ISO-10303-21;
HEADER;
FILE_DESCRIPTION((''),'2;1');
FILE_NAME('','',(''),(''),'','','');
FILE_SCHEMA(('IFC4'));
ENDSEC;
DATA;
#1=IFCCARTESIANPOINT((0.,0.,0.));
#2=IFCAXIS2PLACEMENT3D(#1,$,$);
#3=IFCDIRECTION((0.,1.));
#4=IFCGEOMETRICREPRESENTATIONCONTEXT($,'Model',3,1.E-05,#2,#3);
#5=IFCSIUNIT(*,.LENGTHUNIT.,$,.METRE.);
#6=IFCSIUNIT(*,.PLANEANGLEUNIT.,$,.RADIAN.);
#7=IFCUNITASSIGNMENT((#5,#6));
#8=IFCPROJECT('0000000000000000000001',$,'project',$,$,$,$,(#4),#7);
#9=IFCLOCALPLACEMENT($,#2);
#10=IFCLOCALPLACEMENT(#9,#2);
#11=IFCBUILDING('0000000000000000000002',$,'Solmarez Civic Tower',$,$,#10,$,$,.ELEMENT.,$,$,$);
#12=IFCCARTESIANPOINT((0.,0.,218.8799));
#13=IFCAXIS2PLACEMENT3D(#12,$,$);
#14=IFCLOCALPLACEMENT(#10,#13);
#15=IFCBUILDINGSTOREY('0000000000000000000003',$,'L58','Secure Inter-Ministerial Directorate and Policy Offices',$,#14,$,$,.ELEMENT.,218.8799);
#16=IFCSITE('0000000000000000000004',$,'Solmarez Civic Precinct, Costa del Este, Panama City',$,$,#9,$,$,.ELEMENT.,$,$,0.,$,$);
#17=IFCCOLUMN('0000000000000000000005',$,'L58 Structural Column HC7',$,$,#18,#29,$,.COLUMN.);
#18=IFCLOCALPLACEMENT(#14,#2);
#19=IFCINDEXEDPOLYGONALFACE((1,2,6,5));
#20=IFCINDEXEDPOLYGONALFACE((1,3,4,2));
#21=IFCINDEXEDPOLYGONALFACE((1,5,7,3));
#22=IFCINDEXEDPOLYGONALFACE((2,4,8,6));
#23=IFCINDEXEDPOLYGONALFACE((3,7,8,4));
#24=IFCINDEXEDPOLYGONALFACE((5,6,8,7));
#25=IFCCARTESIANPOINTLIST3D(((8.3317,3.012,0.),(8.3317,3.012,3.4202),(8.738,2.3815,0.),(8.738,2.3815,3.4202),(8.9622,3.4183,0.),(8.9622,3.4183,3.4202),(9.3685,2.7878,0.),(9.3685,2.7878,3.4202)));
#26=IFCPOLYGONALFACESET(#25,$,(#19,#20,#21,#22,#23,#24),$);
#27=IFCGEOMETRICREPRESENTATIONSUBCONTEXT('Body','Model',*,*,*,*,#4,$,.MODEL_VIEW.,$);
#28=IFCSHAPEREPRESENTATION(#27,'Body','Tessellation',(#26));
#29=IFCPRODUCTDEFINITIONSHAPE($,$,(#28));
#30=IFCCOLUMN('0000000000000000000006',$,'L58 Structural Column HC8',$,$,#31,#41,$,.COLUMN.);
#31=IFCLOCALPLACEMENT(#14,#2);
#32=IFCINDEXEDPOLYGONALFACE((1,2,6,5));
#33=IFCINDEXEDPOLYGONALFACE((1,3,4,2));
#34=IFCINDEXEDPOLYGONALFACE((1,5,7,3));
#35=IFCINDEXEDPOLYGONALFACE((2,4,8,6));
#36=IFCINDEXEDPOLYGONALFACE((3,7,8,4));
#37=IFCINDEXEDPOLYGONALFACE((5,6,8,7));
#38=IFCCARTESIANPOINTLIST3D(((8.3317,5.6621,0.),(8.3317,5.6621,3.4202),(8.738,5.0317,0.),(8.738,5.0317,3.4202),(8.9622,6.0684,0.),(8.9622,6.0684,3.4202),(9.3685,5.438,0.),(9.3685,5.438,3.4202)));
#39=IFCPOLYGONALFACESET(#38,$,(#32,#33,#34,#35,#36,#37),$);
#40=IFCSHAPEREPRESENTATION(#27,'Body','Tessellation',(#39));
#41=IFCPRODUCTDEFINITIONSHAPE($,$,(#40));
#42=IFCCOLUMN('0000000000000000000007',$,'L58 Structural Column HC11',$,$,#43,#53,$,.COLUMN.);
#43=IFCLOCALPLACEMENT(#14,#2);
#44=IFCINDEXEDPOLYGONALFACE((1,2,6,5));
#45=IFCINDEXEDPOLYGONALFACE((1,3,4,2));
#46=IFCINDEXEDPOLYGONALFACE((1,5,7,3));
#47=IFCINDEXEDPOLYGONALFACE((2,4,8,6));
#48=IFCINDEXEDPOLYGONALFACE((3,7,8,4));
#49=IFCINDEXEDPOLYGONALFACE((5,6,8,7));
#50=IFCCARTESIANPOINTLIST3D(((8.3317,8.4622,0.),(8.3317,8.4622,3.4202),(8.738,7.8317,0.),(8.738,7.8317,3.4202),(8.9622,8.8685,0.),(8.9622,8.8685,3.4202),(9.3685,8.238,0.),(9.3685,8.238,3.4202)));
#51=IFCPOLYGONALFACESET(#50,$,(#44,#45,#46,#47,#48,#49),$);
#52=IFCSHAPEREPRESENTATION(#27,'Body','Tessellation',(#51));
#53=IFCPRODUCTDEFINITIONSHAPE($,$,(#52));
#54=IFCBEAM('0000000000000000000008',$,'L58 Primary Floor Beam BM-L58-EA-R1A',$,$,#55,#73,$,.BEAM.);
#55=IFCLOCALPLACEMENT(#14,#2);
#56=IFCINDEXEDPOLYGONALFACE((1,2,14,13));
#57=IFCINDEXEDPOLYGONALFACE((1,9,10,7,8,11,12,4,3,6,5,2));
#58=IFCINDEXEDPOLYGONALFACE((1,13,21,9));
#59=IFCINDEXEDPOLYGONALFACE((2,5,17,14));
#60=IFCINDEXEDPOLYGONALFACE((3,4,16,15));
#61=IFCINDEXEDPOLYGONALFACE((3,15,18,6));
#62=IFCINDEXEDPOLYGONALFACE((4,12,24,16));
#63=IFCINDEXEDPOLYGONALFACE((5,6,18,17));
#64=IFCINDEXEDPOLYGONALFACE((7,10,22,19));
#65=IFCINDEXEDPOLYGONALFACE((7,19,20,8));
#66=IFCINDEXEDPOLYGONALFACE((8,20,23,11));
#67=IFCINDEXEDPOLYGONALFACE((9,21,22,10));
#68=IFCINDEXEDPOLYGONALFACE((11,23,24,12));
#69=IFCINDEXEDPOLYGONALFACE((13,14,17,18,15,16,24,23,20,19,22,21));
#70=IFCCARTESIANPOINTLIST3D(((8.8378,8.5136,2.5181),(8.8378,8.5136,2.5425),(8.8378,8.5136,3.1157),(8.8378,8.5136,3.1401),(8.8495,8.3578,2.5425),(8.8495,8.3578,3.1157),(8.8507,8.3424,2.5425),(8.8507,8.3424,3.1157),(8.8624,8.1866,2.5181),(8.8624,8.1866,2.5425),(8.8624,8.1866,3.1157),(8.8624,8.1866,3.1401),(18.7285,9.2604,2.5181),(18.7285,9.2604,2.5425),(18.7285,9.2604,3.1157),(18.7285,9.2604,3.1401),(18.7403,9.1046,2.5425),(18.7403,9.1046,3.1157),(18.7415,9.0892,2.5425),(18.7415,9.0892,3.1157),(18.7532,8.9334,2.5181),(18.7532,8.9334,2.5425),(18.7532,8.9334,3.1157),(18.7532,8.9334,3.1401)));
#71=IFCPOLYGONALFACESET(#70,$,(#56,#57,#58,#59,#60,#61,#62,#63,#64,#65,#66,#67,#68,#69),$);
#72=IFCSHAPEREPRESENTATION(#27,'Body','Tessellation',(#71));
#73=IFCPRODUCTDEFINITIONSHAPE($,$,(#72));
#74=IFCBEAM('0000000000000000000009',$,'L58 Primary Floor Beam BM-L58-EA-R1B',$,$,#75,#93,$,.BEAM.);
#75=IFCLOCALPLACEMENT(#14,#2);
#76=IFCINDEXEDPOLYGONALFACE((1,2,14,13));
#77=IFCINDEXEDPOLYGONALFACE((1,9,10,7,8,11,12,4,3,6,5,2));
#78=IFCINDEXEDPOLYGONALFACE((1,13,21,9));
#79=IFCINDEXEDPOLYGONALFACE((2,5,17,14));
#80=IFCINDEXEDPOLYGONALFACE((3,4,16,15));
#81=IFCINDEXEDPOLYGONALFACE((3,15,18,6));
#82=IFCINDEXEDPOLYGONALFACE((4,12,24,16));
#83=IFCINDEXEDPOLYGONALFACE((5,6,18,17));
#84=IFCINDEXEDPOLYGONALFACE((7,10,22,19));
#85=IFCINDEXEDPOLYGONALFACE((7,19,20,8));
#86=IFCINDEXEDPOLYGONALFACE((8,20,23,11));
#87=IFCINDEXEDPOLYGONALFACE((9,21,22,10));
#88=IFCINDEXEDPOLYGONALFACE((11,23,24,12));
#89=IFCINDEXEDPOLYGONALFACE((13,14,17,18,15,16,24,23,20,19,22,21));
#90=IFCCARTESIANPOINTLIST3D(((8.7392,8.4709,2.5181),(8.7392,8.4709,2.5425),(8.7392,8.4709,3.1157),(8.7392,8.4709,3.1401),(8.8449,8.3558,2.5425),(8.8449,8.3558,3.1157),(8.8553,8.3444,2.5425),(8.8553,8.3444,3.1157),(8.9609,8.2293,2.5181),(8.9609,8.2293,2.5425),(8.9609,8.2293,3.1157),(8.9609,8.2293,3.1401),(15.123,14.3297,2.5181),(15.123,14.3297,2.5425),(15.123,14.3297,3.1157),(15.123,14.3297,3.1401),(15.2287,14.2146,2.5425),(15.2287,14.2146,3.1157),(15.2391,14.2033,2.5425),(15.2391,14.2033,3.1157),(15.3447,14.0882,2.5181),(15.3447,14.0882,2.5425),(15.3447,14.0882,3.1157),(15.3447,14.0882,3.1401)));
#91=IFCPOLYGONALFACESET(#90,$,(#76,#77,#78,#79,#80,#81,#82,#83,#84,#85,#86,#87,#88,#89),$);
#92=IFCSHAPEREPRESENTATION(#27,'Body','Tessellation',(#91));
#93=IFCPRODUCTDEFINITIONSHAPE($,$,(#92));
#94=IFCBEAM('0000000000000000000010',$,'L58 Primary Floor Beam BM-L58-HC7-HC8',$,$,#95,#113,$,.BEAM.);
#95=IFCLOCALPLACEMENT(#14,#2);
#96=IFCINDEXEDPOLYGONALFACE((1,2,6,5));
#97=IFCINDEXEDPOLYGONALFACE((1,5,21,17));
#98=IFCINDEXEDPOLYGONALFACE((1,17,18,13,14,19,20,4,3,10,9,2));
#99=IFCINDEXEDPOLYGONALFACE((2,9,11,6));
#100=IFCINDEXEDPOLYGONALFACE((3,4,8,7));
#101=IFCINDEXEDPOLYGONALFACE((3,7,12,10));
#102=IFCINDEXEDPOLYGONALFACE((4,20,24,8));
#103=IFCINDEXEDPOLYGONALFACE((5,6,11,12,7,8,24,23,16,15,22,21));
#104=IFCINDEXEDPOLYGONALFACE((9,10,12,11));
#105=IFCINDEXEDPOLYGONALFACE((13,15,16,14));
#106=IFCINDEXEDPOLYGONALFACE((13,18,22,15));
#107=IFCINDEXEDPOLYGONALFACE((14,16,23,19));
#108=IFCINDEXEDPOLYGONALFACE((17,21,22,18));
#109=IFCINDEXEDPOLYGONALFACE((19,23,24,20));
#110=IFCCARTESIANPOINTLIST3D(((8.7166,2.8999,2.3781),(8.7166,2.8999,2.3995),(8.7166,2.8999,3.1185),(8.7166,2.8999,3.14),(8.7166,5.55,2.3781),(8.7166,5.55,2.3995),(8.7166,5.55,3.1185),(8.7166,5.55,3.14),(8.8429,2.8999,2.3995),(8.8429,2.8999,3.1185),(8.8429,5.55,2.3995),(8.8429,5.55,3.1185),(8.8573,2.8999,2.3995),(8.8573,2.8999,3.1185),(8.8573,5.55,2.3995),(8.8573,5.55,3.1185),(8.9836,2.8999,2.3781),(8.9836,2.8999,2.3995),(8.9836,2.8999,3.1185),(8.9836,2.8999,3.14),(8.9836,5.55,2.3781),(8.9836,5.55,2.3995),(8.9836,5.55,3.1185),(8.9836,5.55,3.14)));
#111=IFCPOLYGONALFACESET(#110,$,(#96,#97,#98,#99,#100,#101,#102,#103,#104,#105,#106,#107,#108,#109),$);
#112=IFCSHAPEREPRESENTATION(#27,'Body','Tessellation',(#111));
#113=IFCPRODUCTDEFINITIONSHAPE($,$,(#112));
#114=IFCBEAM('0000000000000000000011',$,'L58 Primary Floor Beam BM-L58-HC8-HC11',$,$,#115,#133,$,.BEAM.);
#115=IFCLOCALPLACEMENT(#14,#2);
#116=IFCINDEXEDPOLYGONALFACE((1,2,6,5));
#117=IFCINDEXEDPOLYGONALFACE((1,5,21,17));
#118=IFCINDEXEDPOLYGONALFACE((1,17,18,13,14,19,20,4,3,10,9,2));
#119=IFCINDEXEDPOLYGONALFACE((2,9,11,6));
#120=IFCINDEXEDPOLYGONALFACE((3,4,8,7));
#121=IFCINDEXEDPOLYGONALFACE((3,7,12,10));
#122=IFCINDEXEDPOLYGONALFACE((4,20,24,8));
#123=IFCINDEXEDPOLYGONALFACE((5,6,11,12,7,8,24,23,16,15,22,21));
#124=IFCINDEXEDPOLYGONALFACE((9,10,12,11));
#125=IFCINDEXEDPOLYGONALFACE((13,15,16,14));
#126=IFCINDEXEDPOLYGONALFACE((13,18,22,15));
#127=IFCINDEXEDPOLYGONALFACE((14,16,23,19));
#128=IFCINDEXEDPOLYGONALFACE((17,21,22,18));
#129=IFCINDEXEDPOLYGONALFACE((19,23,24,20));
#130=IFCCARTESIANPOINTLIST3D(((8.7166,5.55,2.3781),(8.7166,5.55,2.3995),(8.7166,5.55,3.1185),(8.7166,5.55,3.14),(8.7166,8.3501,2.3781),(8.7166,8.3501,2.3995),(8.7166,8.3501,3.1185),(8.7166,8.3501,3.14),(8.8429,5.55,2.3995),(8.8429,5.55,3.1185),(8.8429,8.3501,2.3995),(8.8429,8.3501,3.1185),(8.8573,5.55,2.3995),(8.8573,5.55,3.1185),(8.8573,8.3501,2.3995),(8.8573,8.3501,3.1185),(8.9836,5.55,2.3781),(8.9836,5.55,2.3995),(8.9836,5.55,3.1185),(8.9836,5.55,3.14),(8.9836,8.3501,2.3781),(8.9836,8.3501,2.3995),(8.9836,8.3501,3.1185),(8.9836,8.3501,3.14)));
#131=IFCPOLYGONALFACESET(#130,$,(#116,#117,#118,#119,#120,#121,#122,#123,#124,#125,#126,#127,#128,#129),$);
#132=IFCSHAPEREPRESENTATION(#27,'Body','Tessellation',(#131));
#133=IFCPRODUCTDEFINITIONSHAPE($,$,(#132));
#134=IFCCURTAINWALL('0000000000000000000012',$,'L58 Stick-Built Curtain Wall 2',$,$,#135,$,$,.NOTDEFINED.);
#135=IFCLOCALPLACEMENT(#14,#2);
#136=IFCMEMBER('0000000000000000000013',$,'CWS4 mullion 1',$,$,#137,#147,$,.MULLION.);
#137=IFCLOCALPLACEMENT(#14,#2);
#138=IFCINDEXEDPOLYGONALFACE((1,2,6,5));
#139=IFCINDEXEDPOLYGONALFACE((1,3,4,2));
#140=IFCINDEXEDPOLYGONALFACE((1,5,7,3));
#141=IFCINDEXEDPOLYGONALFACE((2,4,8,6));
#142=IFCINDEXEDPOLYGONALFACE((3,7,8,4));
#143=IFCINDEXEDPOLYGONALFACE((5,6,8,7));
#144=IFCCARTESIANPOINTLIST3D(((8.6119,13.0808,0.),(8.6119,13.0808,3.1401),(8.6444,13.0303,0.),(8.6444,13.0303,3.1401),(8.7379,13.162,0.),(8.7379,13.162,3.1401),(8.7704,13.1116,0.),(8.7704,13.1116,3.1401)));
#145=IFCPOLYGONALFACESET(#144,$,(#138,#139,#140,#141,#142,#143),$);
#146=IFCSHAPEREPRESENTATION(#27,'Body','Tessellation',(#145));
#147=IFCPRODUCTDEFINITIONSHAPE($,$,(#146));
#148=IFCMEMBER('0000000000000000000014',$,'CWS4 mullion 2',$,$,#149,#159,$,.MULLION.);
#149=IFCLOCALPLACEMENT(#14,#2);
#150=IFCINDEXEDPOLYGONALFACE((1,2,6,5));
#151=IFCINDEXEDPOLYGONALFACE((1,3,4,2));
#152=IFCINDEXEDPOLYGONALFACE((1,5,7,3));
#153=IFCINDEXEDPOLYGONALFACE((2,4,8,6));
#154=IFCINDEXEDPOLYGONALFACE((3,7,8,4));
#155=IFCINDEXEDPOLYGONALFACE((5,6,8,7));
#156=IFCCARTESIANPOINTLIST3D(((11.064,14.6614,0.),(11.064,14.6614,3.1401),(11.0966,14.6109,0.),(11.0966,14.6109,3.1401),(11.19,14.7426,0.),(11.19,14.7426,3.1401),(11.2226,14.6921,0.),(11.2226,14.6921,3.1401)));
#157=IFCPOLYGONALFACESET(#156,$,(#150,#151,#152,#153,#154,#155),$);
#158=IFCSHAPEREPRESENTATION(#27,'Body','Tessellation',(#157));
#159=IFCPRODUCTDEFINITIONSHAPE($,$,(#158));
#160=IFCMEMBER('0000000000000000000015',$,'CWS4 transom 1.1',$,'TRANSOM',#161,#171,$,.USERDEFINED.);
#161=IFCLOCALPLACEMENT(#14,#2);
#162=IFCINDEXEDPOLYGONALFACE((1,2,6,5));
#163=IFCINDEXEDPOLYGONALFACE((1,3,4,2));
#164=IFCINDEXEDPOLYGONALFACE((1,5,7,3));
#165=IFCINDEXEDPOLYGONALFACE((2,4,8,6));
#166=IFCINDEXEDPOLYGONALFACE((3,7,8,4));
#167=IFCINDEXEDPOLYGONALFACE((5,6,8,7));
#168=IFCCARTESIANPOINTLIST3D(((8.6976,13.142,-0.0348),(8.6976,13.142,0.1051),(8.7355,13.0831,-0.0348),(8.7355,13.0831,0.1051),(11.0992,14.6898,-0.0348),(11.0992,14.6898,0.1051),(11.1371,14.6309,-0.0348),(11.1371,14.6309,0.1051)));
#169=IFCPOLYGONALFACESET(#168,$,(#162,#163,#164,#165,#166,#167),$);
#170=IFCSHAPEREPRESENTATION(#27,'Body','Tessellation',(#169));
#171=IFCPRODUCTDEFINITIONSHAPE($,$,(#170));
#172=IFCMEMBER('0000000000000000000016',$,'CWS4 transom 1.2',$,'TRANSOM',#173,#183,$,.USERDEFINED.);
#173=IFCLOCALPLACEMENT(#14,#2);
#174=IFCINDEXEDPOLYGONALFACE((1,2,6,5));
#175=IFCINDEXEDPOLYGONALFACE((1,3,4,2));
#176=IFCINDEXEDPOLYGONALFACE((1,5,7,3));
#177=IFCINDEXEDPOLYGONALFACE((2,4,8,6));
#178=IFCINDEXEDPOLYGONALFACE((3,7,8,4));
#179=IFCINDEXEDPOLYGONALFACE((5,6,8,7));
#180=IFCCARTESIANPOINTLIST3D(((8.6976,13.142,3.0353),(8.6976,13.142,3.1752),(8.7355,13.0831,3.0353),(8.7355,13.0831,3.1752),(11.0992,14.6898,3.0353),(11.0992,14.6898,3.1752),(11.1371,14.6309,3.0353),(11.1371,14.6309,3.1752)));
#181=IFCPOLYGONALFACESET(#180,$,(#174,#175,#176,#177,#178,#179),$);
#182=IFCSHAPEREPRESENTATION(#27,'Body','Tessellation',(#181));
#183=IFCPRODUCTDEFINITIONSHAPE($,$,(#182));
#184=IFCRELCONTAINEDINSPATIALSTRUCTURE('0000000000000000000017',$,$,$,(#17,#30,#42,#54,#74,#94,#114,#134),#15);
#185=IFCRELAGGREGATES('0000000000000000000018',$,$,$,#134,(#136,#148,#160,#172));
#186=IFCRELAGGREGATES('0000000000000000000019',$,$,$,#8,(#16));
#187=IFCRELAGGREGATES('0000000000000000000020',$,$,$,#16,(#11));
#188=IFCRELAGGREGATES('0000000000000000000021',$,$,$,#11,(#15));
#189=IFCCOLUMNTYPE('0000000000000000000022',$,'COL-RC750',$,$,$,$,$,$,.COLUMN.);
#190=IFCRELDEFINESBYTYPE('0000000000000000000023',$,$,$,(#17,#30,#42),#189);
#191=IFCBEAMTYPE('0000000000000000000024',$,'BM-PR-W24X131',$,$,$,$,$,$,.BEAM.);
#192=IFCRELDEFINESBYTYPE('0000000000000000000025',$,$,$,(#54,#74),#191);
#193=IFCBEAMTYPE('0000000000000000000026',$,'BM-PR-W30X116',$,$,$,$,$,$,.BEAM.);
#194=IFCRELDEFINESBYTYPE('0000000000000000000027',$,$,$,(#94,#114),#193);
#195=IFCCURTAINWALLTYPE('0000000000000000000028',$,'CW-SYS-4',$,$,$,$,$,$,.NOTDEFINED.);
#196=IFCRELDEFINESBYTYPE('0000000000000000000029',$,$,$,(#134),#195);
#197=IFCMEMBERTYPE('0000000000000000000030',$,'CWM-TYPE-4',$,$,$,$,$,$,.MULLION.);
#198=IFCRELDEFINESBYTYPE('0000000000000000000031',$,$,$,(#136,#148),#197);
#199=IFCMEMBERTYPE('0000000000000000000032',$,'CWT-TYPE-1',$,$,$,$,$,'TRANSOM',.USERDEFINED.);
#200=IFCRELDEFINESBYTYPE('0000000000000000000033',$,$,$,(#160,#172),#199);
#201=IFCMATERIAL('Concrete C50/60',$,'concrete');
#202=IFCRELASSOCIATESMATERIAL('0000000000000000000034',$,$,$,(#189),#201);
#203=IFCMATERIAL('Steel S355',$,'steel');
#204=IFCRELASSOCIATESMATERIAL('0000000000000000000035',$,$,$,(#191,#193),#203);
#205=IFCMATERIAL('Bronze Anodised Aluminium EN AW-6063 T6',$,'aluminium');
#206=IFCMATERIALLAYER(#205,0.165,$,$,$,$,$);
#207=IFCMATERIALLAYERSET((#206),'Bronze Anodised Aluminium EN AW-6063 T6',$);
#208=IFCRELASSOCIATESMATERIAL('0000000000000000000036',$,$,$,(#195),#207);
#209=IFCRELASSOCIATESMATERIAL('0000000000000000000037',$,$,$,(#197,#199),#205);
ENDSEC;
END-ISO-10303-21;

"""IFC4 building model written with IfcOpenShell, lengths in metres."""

from ifc_helpers import new_model, si_unit, direction, frame, origin, origin_2d, place, context, subcontext, project, spatial, rectangle, i_section, extrude, material, layer, layer_set, material_profile, profile_set, type_object, element, aggregate, save


model = new_model("IFC4")

# Units and contexts
model_context = context("Model", 3, precision=1e-05, world=origin(), true_north=direction((0.0, 1.0)))
body_context = subcontext(model_context, "Body", "Model", "MODEL_VIEW")
ifc_project = project(units=[si_unit("LENGTHUNIT", "METRE"), si_unit("PLANEANGLEUNIT", "RADIAN")], contexts=[model_context])

# Site, building, storey
site_placement = place(None, origin())
site = spatial("IfcSite", under=ifc_project, at=site_placement, Name="Solmarez Civic Precinct, Costa del Este, Panama City", CompositionType="ELEMENT", RefElevation=0.0)
building_placement = place(site_placement, origin())
building = spatial("IfcBuilding", under=site, at=building_placement, Name="Solmarez Civic Tower", CompositionType="ELEMENT")
storey_placement = place(building_placement, frame((0.0, 0.0, 218.8799)))
storey = spatial("IfcBuildingStorey", under=building, at=storey_placement, Name="L58", Description="Secure Inter-Ministerial Directorate and Policy Offices", CompositionType="ELEMENT", Elevation=218.8799)

# Columns
ifc_material_1 = material(Name="Concrete C50/60", Category="concrete")
ifc_material_profile_1 = material_profile(ifc_material_1, rectangle(XDim=0.75, YDim=0.75, at=origin_2d()), Name="RC750X750")
ifc_profile_set_1 = profile_set([ifc_material_profile_1], Name="Concrete C50/60")
column_type = type_object("IfcColumnType", Name="COL-RC750", PredefinedType="COLUMN", material=ifc_profile_set_1)
for number, where, z_axis, x_axis, name in (
    (1, (8.8501, 2.8999, 0.0), (0.0, 0.0, 1.0), (0.840567, 0.541708, 0.0), "L58 Structural Column HC7"),
    (2, (8.8501, 5.55, 0.0), (0.0, 0.0, 1.0), (0.840567, 0.541708, 0.0), "L58 Structural Column HC8"),
    (3, (8.8501, 8.3501, 0.0), (0.0, 0.0, 1.0), (0.840567, 0.541708, 0.0), "L58 Structural Column HC11"),
):
    element("IfcColumn", number, at=place(storey_placement, frame(where, z_axis=z_axis, x_axis=x_axis)), inside=storey, type_object=column_type, Name=name, PredefinedType="COLUMN", context=body_context, shape_type="SweptSolid", body=[
        extrude(rectangle(XDim=0.75, YDim=0.75, at=origin_2d()), origin(), (0.0, 0.0, 1.0), 3.4202),
    ])

# Beams
ifc_material_2 = material(Name="Steel S355", Category="steel")
ifc_material_profile_2 = material_profile(ifc_material_2, i_section(OverallWidth=0.3279, OverallDepth=0.6221, WebThickness=0.0154, FlangeThickness=0.0244, at=origin_2d()), Name="W24X131")
ifc_profile_set_2 = profile_set([ifc_material_profile_2], Name="Steel S355")
beam_type_1 = type_object("IfcBeamType", Name="BM-PR-W24X131", PredefinedType="BEAM", material=ifc_profile_set_2)
beam_1_placement = place(storey_placement, frame((8.8501, 8.3501, 2.8291), z_axis=(0.997162, 0.075292, 0.0), x_axis=(-0.075292, 0.997162, 0.0)))
element("IfcBeam", 4, at=beam_1_placement, inside=storey, type_object=beam_type_1, Name="L58 Primary Floor Beam BM-L58-EA-R1A", PredefinedType="BEAM", context=body_context, shape_type="SweptSolid", body=[
    extrude(i_section(OverallWidth=0.3279, OverallDepth=0.6221, WebThickness=0.0154, FlangeThickness=0.0244, at=origin_2d()), origin(), (0.0, 0.0, 1.0), 9.9189),
])
beam_2_placement = place(storey_placement, frame((8.8501, 8.3501, 2.8291), z_axis=(0.736747, 0.676169, 0.0), x_axis=(-0.676169, 0.736747, 0.0)))
element("IfcBeam", 5, at=beam_2_placement, inside=storey, type_object=beam_type_1, Name="L58 Primary Floor Beam BM-L58-EA-R1B", PredefinedType="BEAM", context=body_context, shape_type="SweptSolid", body=[
    extrude(i_section(OverallWidth=0.3279, OverallDepth=0.6221, WebThickness=0.0154, FlangeThickness=0.0244, at=origin_2d()), origin(), (0.0, 0.0, 1.0), 8.6648),
])
ifc_material_profile_3 = material_profile(ifc_material_2, i_section(OverallWidth=0.2671, OverallDepth=0.762, WebThickness=0.0144, FlangeThickness=0.0215, at=origin_2d()), Name="W30X116")
ifc_profile_set_3 = profile_set([ifc_material_profile_3], Name="Steel S355")
beam_type_2 = type_object("IfcBeamType", Name="BM-PR-W30X116", PredefinedType="BEAM", material=ifc_profile_set_3)
beam_3_placement = place(storey_placement, frame((8.8501, 2.8999, 2.759), z_axis=(0.0, 1.0, 0.0), x_axis=(-1.0, 0.0, 0.0)))
element("IfcBeam", 6, at=beam_3_placement, inside=storey, type_object=beam_type_2, Name="L58 Primary Floor Beam BM-L58-HC7-HC8", PredefinedType="BEAM", context=body_context, shape_type="SweptSolid", body=[
    extrude(i_section(OverallWidth=0.2671, OverallDepth=0.762, WebThickness=0.0144, FlangeThickness=0.0215, at=origin_2d()), origin(), (0.0, 0.0, 1.0), 2.6501),
])
beam_4_placement = place(storey_placement, frame((8.8501, 5.55, 2.759), z_axis=(0.0, 1.0, 0.0), x_axis=(-1.0, 0.0, 0.0)))
element("IfcBeam", 7, at=beam_4_placement, inside=storey, type_object=beam_type_2, Name="L58 Primary Floor Beam BM-L58-HC8-HC11", PredefinedType="BEAM", context=body_context, shape_type="SweptSolid", body=[
    extrude(i_section(OverallWidth=0.2671, OverallDepth=0.762, WebThickness=0.0144, FlangeThickness=0.0215, at=origin_2d()), origin(), (0.0, 0.0, 1.0), 2.8),
])

# Curtain wall, members
ifc_material_3 = material(Name="Bronze Anodised Aluminium EN AW-6063 T6", Category="aluminium")
ifc_layer_1 = layer(ifc_material_3, 0.165)
ifc_layer_set_1 = layer_set([ifc_layer_1], Name="Bronze Anodised Aluminium EN AW-6063 T6")
curtain_wall_type = type_object("IfcCurtainWallType", Name="CW-SYS-4", PredefinedType="NOTDEFINED", material=ifc_layer_set_1)
curtain_wall_placement = place(storey_placement, origin())
curtain_wall = element("IfcCurtainWall", 8, at=curtain_wall_placement, inside=storey, type_object=curtain_wall_type, Name="L58 Stick-Built Curtain Wall 2", PredefinedType="NOTDEFINED")
ifc_material_profile_4 = material_profile(ifc_material_3, rectangle(XDim=0.0601, YDim=0.1499, at=origin_2d()), Name="CWM-60X150")
ifc_profile_set_4 = profile_set([ifc_material_profile_4], Name="Bronze Anodised Aluminium EN AW-6063 T6")
member_type_1 = type_object("IfcMemberType", Name="CWM-TYPE-4", PredefinedType="MULLION", material=ifc_profile_set_4)
member_1_placement = place(storey_placement, frame((8.6912, 13.0962, 0.0), z_axis=(0.0, 0.0, 1.0), x_axis=(-0.54174, 0.840546, 0.0)))
member_1 = element("IfcMember", 9, at=member_1_placement, type_object=member_type_1, Name="CWS4 mullion 1", PredefinedType="MULLION", context=body_context, shape_type="SweptSolid", body=[
    extrude(rectangle(XDim=0.0601, YDim=0.1499, at=origin_2d()), origin(), (0.0, 0.0, 1.0), 3.1401),
])
member_2_placement = place(storey_placement, frame((11.1433, 14.6768, 0.0), z_axis=(0.0, 0.0, 1.0), x_axis=(-0.54174, 0.840546, 0.0)))
member_2 = element("IfcMember", 10, at=member_2_placement, type_object=member_type_1, Name="CWS4 mullion 2", PredefinedType="MULLION", context=body_context, shape_type="SweptSolid", body=[
    extrude(rectangle(XDim=0.0601, YDim=0.1499, at=origin_2d()), origin(), (0.0, 0.0, 1.0), 3.1401),
])
ifc_material_profile_5 = material_profile(ifc_material_3, rectangle(XDim=0.0701, YDim=0.1399, at=origin_2d()), Name="CWT-70X140")
ifc_profile_set_5 = profile_set([ifc_material_profile_5], Name="Bronze Anodised Aluminium EN AW-6063 T6")
member_type_2 = type_object("IfcMemberType", Name="CWT-TYPE-1", ElementType="TRANSOM", PredefinedType="USERDEFINED", material=ifc_profile_set_5)
member_3_placement = place(storey_placement, frame((8.7166, 13.1125, 0.0352), z_axis=(0.840548, 0.541738, 0.0), x_axis=(-0.541738, 0.840548, 0.0)))
member_3 = element("IfcMember", 11, at=member_3_placement, type_object=member_type_2, Name="CWS4 transom 1.1", ObjectType="TRANSOM", PredefinedType="USERDEFINED", context=body_context, shape_type="SweptSolid", body=[
    extrude(rectangle(XDim=0.0701, YDim=0.1399, at=origin_2d()), origin(), (0.0, 0.0, 1.0), 2.8572),
])
member_4_placement = place(storey_placement, frame((8.7166, 13.1125, 3.1052), z_axis=(0.840548, 0.541738, 0.0), x_axis=(-0.541738, 0.840548, 0.0)))
member_4 = element("IfcMember", 12, at=member_4_placement, type_object=member_type_2, Name="CWS4 transom 1.2", ObjectType="TRANSOM", PredefinedType="USERDEFINED", context=body_context, shape_type="SweptSolid", body=[
    extrude(rectangle(XDim=0.0701, YDim=0.1399, at=origin_2d()), origin(), (0.0, 0.0, 1.0), 2.8572),
])
aggregate(curtain_wall, [member_1, member_2, member_3, member_4])

save(model, "model.ifc")
